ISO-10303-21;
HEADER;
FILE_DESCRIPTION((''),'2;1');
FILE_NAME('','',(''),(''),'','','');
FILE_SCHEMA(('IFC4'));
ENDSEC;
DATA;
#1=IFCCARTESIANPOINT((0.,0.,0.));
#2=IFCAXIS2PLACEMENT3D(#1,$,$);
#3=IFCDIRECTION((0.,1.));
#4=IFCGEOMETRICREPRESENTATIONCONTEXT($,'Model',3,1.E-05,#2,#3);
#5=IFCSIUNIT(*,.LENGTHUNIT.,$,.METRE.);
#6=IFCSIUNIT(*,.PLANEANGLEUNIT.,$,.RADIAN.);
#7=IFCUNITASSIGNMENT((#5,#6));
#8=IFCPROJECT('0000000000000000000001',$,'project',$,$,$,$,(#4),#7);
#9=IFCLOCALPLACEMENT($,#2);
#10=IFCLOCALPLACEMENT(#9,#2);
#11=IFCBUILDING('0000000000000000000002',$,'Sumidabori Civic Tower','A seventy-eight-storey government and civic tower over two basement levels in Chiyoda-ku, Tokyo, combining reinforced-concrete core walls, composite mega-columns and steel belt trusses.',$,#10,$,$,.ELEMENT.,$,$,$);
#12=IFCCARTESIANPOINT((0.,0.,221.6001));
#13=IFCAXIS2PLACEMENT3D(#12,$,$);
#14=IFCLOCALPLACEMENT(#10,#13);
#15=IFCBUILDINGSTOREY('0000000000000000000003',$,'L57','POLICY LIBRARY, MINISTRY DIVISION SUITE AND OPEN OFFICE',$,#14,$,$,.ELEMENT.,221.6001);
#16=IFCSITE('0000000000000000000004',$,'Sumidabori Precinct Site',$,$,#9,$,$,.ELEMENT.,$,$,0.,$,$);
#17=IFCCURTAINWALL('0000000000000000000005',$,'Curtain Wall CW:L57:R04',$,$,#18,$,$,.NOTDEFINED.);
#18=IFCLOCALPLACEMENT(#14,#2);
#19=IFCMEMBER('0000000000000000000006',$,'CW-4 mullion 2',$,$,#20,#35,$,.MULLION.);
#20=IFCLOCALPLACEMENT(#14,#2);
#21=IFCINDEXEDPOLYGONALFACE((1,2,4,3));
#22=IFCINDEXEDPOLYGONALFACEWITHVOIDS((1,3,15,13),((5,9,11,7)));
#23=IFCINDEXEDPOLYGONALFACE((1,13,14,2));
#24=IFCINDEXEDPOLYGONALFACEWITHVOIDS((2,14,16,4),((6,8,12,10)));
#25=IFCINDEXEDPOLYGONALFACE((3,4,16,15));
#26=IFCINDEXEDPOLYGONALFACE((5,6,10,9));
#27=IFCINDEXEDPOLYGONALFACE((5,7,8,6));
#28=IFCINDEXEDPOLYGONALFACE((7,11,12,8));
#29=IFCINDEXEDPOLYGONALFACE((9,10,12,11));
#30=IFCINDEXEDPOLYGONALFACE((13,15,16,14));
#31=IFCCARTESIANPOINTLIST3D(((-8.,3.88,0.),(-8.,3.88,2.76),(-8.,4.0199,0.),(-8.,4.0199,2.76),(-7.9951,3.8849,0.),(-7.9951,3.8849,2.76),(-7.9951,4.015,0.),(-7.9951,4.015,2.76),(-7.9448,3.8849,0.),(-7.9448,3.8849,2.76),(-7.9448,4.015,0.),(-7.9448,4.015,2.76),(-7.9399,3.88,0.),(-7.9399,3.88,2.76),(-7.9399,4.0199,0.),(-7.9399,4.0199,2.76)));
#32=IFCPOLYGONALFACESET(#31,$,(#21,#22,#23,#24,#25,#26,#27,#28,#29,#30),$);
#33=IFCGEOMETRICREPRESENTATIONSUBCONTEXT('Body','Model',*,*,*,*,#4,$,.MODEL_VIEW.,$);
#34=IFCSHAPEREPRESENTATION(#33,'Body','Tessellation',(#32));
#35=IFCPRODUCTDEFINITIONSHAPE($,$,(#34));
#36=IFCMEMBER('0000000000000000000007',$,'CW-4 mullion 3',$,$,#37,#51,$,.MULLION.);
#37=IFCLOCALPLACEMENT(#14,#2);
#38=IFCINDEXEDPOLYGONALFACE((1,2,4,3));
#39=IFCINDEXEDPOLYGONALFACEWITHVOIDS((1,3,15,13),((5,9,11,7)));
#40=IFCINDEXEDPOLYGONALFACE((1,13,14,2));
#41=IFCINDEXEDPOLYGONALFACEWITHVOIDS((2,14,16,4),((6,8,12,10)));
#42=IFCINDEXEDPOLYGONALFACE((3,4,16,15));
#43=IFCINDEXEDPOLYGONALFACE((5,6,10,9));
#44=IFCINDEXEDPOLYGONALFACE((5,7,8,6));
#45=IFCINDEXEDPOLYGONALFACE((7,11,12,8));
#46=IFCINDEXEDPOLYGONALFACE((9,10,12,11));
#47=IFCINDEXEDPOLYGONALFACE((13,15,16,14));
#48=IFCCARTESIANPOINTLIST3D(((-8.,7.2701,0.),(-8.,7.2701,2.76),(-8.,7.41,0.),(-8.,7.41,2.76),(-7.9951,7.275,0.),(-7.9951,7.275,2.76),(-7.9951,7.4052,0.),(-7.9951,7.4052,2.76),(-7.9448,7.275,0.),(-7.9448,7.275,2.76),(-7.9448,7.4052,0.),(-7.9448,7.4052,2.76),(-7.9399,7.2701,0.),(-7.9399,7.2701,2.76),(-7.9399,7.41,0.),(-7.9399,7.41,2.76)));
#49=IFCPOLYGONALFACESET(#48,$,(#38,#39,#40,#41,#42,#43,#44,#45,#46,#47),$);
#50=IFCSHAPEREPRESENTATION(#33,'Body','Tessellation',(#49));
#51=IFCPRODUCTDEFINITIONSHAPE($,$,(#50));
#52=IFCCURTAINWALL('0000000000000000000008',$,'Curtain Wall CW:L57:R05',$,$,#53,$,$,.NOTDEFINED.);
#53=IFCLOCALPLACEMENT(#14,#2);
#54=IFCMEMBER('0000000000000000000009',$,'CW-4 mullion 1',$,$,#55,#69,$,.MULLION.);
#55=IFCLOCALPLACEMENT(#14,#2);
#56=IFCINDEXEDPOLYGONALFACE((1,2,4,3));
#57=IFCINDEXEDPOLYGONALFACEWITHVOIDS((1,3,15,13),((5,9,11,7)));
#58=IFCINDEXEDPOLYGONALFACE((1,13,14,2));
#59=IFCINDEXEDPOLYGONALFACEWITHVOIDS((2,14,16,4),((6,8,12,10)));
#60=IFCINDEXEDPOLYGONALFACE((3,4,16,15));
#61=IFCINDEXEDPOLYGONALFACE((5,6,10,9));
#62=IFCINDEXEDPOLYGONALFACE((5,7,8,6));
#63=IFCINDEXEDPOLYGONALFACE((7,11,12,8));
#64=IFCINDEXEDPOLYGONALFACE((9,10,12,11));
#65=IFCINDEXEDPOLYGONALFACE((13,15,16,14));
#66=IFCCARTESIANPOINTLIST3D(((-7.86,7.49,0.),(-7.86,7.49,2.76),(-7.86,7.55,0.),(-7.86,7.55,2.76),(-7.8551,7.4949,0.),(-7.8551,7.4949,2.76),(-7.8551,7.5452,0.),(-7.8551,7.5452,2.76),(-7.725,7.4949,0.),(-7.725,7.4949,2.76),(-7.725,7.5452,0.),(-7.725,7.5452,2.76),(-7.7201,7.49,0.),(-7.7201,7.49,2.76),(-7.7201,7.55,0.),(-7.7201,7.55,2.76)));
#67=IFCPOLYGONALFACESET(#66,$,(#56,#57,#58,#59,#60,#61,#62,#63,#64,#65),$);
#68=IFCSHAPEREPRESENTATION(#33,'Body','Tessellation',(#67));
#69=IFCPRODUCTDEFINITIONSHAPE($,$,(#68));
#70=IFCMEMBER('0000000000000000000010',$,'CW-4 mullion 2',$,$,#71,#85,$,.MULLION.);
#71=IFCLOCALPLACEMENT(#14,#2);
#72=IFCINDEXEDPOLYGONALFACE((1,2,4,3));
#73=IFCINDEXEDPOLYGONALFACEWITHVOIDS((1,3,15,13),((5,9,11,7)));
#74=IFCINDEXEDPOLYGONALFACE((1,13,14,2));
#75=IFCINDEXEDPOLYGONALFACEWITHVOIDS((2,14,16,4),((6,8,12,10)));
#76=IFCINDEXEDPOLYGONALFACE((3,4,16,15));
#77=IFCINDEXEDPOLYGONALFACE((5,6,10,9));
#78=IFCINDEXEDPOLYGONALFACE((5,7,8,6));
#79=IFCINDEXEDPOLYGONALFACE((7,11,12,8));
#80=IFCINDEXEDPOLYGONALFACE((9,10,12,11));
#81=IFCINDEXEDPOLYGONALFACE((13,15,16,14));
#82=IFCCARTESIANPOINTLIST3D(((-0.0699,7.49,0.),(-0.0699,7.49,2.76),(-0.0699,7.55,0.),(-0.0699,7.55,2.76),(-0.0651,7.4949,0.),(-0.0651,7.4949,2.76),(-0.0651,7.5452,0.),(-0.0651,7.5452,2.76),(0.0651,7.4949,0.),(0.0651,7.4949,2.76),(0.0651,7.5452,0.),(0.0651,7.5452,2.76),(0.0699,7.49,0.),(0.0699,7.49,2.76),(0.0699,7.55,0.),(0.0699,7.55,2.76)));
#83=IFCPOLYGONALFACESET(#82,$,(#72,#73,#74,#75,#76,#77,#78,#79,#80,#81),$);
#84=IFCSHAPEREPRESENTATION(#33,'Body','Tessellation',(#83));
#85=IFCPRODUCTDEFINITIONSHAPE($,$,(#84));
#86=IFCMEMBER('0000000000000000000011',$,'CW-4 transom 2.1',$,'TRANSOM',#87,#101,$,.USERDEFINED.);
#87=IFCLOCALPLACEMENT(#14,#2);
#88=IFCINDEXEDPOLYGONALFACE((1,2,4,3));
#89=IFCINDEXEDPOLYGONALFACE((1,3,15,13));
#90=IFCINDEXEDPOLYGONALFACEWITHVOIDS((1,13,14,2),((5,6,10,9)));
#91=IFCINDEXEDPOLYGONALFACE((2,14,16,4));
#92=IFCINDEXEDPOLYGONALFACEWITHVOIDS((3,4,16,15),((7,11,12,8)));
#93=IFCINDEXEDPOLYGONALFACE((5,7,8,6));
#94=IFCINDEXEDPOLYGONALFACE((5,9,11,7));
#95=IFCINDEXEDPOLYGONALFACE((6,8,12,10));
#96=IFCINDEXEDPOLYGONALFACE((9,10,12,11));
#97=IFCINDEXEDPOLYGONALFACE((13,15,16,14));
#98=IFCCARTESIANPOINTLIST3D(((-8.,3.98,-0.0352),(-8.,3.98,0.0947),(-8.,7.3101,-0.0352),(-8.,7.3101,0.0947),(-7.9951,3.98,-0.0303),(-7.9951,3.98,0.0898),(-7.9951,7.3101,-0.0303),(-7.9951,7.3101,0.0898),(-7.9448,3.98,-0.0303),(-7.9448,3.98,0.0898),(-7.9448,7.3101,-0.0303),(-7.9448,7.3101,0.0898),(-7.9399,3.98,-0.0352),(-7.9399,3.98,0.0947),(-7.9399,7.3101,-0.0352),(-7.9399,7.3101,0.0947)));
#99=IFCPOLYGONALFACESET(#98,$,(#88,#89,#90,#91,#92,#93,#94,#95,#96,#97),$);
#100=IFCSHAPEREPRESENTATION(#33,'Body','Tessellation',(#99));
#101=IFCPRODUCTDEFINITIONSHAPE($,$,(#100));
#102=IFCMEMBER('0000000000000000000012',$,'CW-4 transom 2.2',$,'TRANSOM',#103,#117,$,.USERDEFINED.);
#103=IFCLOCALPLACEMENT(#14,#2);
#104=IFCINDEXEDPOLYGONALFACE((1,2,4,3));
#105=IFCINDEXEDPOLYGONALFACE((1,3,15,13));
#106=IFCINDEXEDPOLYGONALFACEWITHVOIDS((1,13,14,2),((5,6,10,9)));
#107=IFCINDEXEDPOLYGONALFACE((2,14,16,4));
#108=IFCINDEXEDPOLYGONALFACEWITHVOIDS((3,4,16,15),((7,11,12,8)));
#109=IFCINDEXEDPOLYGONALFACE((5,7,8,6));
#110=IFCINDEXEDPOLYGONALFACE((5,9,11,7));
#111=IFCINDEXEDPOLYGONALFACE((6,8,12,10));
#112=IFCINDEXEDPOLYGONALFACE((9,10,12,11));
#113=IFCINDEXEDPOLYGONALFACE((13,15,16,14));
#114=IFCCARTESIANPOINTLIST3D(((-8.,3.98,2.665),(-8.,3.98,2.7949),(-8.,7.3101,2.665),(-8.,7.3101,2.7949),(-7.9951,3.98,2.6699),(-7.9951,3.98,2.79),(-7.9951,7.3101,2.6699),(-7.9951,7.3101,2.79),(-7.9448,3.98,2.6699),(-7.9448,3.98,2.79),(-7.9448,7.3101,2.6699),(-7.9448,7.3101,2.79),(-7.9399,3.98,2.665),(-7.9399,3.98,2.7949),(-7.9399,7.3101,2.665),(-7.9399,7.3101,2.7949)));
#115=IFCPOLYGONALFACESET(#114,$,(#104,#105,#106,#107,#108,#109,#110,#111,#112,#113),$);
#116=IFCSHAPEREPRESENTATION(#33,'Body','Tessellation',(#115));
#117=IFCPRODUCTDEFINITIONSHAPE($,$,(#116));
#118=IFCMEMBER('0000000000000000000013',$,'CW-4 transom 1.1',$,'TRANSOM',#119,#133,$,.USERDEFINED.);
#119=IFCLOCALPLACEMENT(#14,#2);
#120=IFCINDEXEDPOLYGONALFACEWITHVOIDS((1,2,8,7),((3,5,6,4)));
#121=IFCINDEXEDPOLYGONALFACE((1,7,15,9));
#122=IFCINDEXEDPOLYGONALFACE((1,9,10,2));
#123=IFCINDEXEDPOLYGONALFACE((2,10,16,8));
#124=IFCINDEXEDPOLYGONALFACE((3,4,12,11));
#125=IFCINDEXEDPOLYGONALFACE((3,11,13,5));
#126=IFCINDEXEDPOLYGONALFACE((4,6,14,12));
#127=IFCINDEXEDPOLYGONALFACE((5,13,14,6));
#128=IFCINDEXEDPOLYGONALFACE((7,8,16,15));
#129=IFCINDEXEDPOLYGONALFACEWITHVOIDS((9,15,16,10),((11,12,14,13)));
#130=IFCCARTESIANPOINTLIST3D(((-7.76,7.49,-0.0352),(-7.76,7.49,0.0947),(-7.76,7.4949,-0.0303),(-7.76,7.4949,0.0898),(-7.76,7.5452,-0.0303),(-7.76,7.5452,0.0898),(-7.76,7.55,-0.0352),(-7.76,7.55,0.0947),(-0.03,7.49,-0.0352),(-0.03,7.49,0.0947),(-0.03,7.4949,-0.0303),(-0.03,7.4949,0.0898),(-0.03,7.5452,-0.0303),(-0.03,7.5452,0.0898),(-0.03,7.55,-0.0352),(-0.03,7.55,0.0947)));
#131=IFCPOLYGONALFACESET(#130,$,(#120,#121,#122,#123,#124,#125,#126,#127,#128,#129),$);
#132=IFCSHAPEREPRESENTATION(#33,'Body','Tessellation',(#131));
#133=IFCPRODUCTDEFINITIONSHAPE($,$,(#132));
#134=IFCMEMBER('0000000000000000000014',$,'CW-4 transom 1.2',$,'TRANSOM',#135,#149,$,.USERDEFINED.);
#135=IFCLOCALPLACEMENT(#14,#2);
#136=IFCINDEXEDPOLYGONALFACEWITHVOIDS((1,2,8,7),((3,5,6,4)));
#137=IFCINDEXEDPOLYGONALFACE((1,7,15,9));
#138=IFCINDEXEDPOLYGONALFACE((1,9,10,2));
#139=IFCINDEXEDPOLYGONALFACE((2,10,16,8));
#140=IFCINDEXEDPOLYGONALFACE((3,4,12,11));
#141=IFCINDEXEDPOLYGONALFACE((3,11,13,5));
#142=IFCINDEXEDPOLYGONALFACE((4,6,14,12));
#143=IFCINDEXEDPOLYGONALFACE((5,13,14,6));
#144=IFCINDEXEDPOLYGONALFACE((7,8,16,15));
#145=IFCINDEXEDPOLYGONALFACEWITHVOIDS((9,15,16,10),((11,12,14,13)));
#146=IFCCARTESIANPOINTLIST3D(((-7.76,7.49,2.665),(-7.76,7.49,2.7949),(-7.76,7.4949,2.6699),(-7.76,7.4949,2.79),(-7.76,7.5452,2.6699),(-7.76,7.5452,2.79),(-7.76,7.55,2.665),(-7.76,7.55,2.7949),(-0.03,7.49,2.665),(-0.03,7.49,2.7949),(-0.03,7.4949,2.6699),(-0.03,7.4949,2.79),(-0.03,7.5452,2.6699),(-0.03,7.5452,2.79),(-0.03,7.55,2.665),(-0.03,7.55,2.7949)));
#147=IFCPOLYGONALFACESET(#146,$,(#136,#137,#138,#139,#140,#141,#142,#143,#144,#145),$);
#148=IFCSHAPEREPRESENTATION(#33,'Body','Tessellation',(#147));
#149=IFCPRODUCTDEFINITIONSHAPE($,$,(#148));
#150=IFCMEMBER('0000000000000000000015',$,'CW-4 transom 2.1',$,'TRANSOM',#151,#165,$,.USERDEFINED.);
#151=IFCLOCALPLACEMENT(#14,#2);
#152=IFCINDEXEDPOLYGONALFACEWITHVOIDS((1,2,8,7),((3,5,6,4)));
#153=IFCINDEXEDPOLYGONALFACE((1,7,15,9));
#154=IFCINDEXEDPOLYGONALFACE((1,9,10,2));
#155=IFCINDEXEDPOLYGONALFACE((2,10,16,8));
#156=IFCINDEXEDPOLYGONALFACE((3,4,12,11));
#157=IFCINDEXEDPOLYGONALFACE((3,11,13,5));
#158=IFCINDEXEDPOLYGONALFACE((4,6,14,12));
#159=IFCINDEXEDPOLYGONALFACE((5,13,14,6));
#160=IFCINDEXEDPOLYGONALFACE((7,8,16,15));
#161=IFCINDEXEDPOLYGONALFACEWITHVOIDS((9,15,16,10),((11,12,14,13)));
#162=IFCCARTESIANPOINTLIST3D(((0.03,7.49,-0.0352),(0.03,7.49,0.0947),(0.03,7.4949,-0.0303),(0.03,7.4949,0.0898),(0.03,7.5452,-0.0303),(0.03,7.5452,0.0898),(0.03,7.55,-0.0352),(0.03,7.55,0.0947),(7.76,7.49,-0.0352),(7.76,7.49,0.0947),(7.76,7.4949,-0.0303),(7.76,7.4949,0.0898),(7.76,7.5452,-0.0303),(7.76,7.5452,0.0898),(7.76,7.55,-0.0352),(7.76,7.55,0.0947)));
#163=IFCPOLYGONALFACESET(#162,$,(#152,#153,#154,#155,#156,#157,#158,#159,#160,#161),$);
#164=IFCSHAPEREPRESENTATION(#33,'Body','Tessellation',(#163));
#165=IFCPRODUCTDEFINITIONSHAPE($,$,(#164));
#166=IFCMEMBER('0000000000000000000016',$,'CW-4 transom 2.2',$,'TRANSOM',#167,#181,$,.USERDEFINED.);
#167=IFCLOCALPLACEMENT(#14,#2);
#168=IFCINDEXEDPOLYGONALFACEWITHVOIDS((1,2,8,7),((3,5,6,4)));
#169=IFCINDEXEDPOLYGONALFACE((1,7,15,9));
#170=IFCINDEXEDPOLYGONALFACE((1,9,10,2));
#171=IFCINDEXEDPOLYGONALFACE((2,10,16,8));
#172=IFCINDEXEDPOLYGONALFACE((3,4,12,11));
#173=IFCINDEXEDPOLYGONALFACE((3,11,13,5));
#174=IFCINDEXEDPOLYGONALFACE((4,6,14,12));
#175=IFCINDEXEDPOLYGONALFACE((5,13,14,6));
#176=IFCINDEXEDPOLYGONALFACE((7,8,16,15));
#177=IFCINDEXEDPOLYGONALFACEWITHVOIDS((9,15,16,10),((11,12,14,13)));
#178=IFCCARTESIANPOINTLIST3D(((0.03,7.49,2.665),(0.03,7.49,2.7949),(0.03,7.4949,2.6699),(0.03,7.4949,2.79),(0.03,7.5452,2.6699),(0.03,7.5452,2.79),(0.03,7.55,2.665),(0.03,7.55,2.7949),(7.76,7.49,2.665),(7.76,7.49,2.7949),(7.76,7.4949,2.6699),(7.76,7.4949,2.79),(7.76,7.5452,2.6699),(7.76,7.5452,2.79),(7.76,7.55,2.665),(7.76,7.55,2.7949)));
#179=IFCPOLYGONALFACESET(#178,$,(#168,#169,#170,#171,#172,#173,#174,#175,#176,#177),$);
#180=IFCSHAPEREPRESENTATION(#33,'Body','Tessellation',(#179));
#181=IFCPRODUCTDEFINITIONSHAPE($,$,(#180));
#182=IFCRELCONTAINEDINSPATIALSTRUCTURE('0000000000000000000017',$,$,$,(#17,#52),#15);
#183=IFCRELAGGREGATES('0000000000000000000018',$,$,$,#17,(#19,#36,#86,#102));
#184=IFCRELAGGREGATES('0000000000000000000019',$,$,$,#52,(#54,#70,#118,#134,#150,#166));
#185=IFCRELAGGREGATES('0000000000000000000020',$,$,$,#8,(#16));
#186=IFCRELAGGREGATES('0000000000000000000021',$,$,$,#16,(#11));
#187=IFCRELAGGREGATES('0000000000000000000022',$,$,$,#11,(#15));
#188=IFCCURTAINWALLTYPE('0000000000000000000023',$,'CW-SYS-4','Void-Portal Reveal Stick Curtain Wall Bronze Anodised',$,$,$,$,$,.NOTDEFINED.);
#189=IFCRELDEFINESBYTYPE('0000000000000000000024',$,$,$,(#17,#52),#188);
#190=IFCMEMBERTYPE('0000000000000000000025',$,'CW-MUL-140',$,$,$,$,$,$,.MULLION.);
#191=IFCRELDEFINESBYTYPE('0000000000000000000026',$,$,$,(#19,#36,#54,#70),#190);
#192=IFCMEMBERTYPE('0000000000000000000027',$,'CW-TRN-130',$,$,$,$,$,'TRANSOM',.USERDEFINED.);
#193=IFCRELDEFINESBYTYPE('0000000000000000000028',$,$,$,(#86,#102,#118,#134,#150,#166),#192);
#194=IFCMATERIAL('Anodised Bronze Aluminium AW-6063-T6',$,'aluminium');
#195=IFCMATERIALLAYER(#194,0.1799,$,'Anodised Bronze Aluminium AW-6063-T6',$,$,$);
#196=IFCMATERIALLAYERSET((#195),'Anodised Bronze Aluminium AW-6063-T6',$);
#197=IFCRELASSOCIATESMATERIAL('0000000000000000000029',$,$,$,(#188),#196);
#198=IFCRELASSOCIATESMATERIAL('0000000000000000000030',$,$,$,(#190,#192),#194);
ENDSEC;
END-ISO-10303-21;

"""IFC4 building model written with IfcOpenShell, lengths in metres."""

from ifc_helpers import new_model, si_unit, direction, frame, origin, origin_2d, place, context, subcontext, project, spatial, hollow_rectangle, extrude, source, transform, mapped, material, layer, layer_set, material_profile, profile_set, type_object, element, aggregate, save


model = new_model("IFC4")

# Units and contexts
model_context = context("Model", 3, precision=1e-05, world=origin(), true_north=direction((0.0, 1.0)))
body_context = subcontext(model_context, "Body", "Model", "MODEL_VIEW")
ifc_project = project(units=[si_unit("LENGTHUNIT", "METRE"), si_unit("PLANEANGLEUNIT", "RADIAN")], contexts=[model_context])

# Site, building, storey
site_placement = place(None, origin())
site = spatial("IfcSite", under=ifc_project, at=site_placement, Name="Sumidabori Precinct Site", CompositionType="ELEMENT", RefElevation=0.0)
building_placement = place(site_placement, origin())
building = spatial("IfcBuilding", under=site, at=building_placement, Name="Sumidabori Civic Tower", Description="A seventy-eight-storey government and civic tower over two basement levels in Chiyoda-ku, Tokyo, combining reinforced-concrete core walls, composite mega-columns and steel belt trusses.", CompositionType="ELEMENT")
storey_placement = place(building_placement, frame((0.0, 0.0, 221.6001)))
storey = spatial("IfcBuildingStorey", under=building, at=storey_placement, Name="L57", Description="POLICY LIBRARY, MINISTRY DIVISION SUITE AND OPEN OFFICE", CompositionType="ELEMENT", Elevation=221.6001)

# Curtain walls, members
ifc_material_1 = material(Name="Anodised Bronze Aluminium AW-6063-T6", Category="aluminium")
ifc_layer_1 = layer(ifc_material_1, 0.1799, Name="Anodised Bronze Aluminium AW-6063-T6")
ifc_layer_set_1 = layer_set([ifc_layer_1], Name="Anodised Bronze Aluminium AW-6063-T6")
curtain_wall_type = type_object("IfcCurtainWallType", Name="CW-SYS-4", Description="Void-Portal Reveal Stick Curtain Wall Bronze Anodised", PredefinedType="NOTDEFINED", material=ifc_layer_set_1)
curtain_wall_1_placement = place(storey_placement, origin())
curtain_wall_1 = element("IfcCurtainWall", 1, at=curtain_wall_1_placement, inside=storey, type_object=curtain_wall_type, Name="Curtain Wall CW:L57:R04", PredefinedType="NOTDEFINED")
ifc_material_profile_1 = material_profile(ifc_material_1, hollow_rectangle(XDim=0.0601, YDim=0.1399, WallThickness=0.0049, at=origin_2d()), Name="ALU MULLION 140x60")
ifc_profile_set_1 = profile_set([ifc_material_profile_1], Name="Anodised Bronze Aluminium AW-6063-T6")
member_type_1 = type_object("IfcMemberType", Name="CW-MUL-140", PredefinedType="MULLION", material=ifc_profile_set_1)
shared_shape_1 = source(origin(), body_context, "Body", "SweptSolid", [
    extrude(hollow_rectangle(XDim=0.0601, YDim=0.1399, WallThickness=0.0049, at=origin_2d()), origin(), (0.0, 0.0, 1.0), 2.76),
])
member_1_placement = place(storey_placement, frame((-7.97, 3.95, 0.0), z_axis=(0.0, 0.0, 1.0), x_axis=(-1.0, 0.0, 0.0)))
member_1 = element("IfcMember", 2, at=member_1_placement, type_object=member_type_1, Name="CW-4 mullion 2", PredefinedType="MULLION", context=body_context, shape_type="MappedRepresentation", body=[
    mapped(shared_shape_1, transform((0.0, 0.0, 0.0), x_axis=(1.0, 0.0, 0.0), y_axis=(0.0, 1.0, 0.0), z_axis=(0.0, 0.0, 1.0), scale=1.0)),
])
member_2_placement = place(storey_placement, frame((-7.97, 7.3401, 0.0), z_axis=(0.0, 0.0, 1.0), x_axis=(-1.0, 0.0, 0.0)))
member_2 = element("IfcMember", 3, at=member_2_placement, type_object=member_type_1, Name="CW-4 mullion 3", PredefinedType="MULLION", context=body_context, shape_type="MappedRepresentation", body=[
    mapped(shared_shape_1, transform((0.0, 0.0, 0.0), x_axis=(1.0, 0.0, 0.0), y_axis=(0.0, 1.0, 0.0), z_axis=(0.0, 0.0, 1.0), scale=1.0)),
])
curtain_wall_2_placement = place(storey_placement, origin())
curtain_wall_2 = element("IfcCurtainWall", 4, at=curtain_wall_2_placement, inside=storey, type_object=curtain_wall_type, Name="Curtain Wall CW:L57:R05", PredefinedType="NOTDEFINED")
member_3_placement = place(storey_placement, frame((-7.79, 7.52, 0.0), z_axis=(0.0, 0.0, 1.0), x_axis=(0.0, 1.0, 0.0)))
member_3 = element("IfcMember", 5, at=member_3_placement, type_object=member_type_1, Name="CW-4 mullion 1", PredefinedType="MULLION", context=body_context, shape_type="MappedRepresentation", body=[
    mapped(shared_shape_1, transform((0.0, 0.0, 0.0), x_axis=(1.0, 0.0, 0.0), y_axis=(0.0, 1.0, 0.0), z_axis=(0.0, 0.0, 1.0), scale=1.0)),
])
member_4_placement = place(storey_placement, frame((0.0, 7.52, 0.0), z_axis=(0.0, 0.0, 1.0), x_axis=(0.0, 1.0, 0.0)))
member_4 = element("IfcMember", 6, at=member_4_placement, type_object=member_type_1, Name="CW-4 mullion 2", PredefinedType="MULLION", context=body_context, shape_type="MappedRepresentation", body=[
    mapped(shared_shape_1, transform((0.0, 0.0, 0.0), x_axis=(1.0, 0.0, 0.0), y_axis=(0.0, 1.0, 0.0), z_axis=(0.0, 0.0, 1.0), scale=1.0)),
])

# Members
ifc_material_profile_2 = material_profile(ifc_material_1, hollow_rectangle(XDim=0.0601, YDim=0.1299, WallThickness=0.0049, at=origin_2d()), Name="ALU TRANSOM 130x60")
ifc_profile_set_2 = profile_set([ifc_material_profile_2], Name="Anodised Bronze Aluminium AW-6063-T6")
member_type_2 = type_object("IfcMemberType", Name="CW-TRN-130", ElementType="TRANSOM", PredefinedType="USERDEFINED", material=ifc_profile_set_2)
shared_shape_2 = source(origin(), body_context, "Body", "SweptSolid", [
    extrude(hollow_rectangle(XDim=0.0601, YDim=0.1299, WallThickness=0.0049, at=origin_2d()), origin(), (0.0, 0.0, 1.0), 3.3301),
])
member_5_placement = place(storey_placement, frame((-7.97, 3.98, 0.0298), z_axis=(0.0, 1.0, 0.0), x_axis=(-1.0, 0.0, 0.0)))
member_5 = element("IfcMember", 7, at=member_5_placement, type_object=member_type_2, Name="CW-4 transom 2.1", ObjectType="TRANSOM", PredefinedType="USERDEFINED", context=body_context, shape_type="MappedRepresentation", body=[
    mapped(shared_shape_2, transform((0.0, 0.0, 0.0), x_axis=(1.0, 0.0, 0.0), y_axis=(0.0, 1.0, 0.0), z_axis=(0.0, 0.0, 1.0), scale=1.0)),
])
member_6_placement = place(storey_placement, frame((-7.97, 3.98, 2.73), z_axis=(0.0, 1.0, 0.0), x_axis=(-1.0, 0.0, 0.0)))
member_6 = element("IfcMember", 8, at=member_6_placement, type_object=member_type_2, Name="CW-4 transom 2.2", ObjectType="TRANSOM", PredefinedType="USERDEFINED", context=body_context, shape_type="MappedRepresentation", body=[
    mapped(shared_shape_2, transform((0.0, 0.0, 0.0), x_axis=(1.0, 0.0, 0.0), y_axis=(0.0, 1.0, 0.0), z_axis=(0.0, 0.0, 1.0), scale=1.0)),
])
shared_shape_3 = source(origin(), body_context, "Body", "SweptSolid", [
    extrude(hollow_rectangle(XDim=0.0601, YDim=0.1299, WallThickness=0.0049, at=origin_2d()), origin(), (0.0, 0.0, 1.0), 7.73),
])
member_7_placement = place(storey_placement, frame((-7.76, 7.52, 0.0298), z_axis=(1.0, 0.0, 0.0), x_axis=(0.0, 1.0, 0.0)))
member_7 = element("IfcMember", 9, at=member_7_placement, type_object=member_type_2, Name="CW-4 transom 1.1", ObjectType="TRANSOM", PredefinedType="USERDEFINED", context=body_context, shape_type="MappedRepresentation", body=[
    mapped(shared_shape_3, transform((0.0, 0.0, 0.0), x_axis=(1.0, 0.0, 0.0), y_axis=(0.0, 1.0, 0.0), z_axis=(0.0, 0.0, 1.0), scale=1.0)),
])
member_8_placement = place(storey_placement, frame((-7.76, 7.52, 2.73), z_axis=(1.0, 0.0, 0.0), x_axis=(0.0, 1.0, 0.0)))
member_8 = element("IfcMember", 10, at=member_8_placement, type_object=member_type_2, Name="CW-4 transom 1.2", ObjectType="TRANSOM", PredefinedType="USERDEFINED", context=body_context, shape_type="MappedRepresentation", body=[
    mapped(shared_shape_3, transform((0.0, 0.0, 0.0), x_axis=(1.0, 0.0, 0.0), y_axis=(0.0, 1.0, 0.0), z_axis=(0.0, 0.0, 1.0), scale=1.0)),
])
member_9_placement = place(storey_placement, frame((0.03, 7.52, 0.0298), z_axis=(1.0, 0.0, 0.0), x_axis=(0.0, 1.0, 0.0)))
member_9 = element("IfcMember", 11, at=member_9_placement, type_object=member_type_2, Name="CW-4 transom 2.1", ObjectType="TRANSOM", PredefinedType="USERDEFINED", context=body_context, shape_type="MappedRepresentation", body=[
    mapped(shared_shape_3, transform((0.0, 0.0, 0.0), x_axis=(1.0, 0.0, 0.0), y_axis=(0.0, 1.0, 0.0), z_axis=(0.0, 0.0, 1.0), scale=1.0)),
])
member_10_placement = place(storey_placement, frame((0.03, 7.52, 2.73), z_axis=(1.0, 0.0, 0.0), x_axis=(0.0, 1.0, 0.0)))
member_10 = element("IfcMember", 12, at=member_10_placement, type_object=member_type_2, Name="CW-4 transom 2.2", ObjectType="TRANSOM", PredefinedType="USERDEFINED", context=body_context, shape_type="MappedRepresentation", body=[
    mapped(shared_shape_3, transform((0.0, 0.0, 0.0), x_axis=(1.0, 0.0, 0.0), y_axis=(0.0, 1.0, 0.0), z_axis=(0.0, 0.0, 1.0), scale=1.0)),
])

aggregate(curtain_wall_1, [member_1, member_2, member_5, member_6])
aggregate(curtain_wall_2, [member_3, member_4, member_7, member_8, member_9, member_10])

save(model, "model.ifc")
